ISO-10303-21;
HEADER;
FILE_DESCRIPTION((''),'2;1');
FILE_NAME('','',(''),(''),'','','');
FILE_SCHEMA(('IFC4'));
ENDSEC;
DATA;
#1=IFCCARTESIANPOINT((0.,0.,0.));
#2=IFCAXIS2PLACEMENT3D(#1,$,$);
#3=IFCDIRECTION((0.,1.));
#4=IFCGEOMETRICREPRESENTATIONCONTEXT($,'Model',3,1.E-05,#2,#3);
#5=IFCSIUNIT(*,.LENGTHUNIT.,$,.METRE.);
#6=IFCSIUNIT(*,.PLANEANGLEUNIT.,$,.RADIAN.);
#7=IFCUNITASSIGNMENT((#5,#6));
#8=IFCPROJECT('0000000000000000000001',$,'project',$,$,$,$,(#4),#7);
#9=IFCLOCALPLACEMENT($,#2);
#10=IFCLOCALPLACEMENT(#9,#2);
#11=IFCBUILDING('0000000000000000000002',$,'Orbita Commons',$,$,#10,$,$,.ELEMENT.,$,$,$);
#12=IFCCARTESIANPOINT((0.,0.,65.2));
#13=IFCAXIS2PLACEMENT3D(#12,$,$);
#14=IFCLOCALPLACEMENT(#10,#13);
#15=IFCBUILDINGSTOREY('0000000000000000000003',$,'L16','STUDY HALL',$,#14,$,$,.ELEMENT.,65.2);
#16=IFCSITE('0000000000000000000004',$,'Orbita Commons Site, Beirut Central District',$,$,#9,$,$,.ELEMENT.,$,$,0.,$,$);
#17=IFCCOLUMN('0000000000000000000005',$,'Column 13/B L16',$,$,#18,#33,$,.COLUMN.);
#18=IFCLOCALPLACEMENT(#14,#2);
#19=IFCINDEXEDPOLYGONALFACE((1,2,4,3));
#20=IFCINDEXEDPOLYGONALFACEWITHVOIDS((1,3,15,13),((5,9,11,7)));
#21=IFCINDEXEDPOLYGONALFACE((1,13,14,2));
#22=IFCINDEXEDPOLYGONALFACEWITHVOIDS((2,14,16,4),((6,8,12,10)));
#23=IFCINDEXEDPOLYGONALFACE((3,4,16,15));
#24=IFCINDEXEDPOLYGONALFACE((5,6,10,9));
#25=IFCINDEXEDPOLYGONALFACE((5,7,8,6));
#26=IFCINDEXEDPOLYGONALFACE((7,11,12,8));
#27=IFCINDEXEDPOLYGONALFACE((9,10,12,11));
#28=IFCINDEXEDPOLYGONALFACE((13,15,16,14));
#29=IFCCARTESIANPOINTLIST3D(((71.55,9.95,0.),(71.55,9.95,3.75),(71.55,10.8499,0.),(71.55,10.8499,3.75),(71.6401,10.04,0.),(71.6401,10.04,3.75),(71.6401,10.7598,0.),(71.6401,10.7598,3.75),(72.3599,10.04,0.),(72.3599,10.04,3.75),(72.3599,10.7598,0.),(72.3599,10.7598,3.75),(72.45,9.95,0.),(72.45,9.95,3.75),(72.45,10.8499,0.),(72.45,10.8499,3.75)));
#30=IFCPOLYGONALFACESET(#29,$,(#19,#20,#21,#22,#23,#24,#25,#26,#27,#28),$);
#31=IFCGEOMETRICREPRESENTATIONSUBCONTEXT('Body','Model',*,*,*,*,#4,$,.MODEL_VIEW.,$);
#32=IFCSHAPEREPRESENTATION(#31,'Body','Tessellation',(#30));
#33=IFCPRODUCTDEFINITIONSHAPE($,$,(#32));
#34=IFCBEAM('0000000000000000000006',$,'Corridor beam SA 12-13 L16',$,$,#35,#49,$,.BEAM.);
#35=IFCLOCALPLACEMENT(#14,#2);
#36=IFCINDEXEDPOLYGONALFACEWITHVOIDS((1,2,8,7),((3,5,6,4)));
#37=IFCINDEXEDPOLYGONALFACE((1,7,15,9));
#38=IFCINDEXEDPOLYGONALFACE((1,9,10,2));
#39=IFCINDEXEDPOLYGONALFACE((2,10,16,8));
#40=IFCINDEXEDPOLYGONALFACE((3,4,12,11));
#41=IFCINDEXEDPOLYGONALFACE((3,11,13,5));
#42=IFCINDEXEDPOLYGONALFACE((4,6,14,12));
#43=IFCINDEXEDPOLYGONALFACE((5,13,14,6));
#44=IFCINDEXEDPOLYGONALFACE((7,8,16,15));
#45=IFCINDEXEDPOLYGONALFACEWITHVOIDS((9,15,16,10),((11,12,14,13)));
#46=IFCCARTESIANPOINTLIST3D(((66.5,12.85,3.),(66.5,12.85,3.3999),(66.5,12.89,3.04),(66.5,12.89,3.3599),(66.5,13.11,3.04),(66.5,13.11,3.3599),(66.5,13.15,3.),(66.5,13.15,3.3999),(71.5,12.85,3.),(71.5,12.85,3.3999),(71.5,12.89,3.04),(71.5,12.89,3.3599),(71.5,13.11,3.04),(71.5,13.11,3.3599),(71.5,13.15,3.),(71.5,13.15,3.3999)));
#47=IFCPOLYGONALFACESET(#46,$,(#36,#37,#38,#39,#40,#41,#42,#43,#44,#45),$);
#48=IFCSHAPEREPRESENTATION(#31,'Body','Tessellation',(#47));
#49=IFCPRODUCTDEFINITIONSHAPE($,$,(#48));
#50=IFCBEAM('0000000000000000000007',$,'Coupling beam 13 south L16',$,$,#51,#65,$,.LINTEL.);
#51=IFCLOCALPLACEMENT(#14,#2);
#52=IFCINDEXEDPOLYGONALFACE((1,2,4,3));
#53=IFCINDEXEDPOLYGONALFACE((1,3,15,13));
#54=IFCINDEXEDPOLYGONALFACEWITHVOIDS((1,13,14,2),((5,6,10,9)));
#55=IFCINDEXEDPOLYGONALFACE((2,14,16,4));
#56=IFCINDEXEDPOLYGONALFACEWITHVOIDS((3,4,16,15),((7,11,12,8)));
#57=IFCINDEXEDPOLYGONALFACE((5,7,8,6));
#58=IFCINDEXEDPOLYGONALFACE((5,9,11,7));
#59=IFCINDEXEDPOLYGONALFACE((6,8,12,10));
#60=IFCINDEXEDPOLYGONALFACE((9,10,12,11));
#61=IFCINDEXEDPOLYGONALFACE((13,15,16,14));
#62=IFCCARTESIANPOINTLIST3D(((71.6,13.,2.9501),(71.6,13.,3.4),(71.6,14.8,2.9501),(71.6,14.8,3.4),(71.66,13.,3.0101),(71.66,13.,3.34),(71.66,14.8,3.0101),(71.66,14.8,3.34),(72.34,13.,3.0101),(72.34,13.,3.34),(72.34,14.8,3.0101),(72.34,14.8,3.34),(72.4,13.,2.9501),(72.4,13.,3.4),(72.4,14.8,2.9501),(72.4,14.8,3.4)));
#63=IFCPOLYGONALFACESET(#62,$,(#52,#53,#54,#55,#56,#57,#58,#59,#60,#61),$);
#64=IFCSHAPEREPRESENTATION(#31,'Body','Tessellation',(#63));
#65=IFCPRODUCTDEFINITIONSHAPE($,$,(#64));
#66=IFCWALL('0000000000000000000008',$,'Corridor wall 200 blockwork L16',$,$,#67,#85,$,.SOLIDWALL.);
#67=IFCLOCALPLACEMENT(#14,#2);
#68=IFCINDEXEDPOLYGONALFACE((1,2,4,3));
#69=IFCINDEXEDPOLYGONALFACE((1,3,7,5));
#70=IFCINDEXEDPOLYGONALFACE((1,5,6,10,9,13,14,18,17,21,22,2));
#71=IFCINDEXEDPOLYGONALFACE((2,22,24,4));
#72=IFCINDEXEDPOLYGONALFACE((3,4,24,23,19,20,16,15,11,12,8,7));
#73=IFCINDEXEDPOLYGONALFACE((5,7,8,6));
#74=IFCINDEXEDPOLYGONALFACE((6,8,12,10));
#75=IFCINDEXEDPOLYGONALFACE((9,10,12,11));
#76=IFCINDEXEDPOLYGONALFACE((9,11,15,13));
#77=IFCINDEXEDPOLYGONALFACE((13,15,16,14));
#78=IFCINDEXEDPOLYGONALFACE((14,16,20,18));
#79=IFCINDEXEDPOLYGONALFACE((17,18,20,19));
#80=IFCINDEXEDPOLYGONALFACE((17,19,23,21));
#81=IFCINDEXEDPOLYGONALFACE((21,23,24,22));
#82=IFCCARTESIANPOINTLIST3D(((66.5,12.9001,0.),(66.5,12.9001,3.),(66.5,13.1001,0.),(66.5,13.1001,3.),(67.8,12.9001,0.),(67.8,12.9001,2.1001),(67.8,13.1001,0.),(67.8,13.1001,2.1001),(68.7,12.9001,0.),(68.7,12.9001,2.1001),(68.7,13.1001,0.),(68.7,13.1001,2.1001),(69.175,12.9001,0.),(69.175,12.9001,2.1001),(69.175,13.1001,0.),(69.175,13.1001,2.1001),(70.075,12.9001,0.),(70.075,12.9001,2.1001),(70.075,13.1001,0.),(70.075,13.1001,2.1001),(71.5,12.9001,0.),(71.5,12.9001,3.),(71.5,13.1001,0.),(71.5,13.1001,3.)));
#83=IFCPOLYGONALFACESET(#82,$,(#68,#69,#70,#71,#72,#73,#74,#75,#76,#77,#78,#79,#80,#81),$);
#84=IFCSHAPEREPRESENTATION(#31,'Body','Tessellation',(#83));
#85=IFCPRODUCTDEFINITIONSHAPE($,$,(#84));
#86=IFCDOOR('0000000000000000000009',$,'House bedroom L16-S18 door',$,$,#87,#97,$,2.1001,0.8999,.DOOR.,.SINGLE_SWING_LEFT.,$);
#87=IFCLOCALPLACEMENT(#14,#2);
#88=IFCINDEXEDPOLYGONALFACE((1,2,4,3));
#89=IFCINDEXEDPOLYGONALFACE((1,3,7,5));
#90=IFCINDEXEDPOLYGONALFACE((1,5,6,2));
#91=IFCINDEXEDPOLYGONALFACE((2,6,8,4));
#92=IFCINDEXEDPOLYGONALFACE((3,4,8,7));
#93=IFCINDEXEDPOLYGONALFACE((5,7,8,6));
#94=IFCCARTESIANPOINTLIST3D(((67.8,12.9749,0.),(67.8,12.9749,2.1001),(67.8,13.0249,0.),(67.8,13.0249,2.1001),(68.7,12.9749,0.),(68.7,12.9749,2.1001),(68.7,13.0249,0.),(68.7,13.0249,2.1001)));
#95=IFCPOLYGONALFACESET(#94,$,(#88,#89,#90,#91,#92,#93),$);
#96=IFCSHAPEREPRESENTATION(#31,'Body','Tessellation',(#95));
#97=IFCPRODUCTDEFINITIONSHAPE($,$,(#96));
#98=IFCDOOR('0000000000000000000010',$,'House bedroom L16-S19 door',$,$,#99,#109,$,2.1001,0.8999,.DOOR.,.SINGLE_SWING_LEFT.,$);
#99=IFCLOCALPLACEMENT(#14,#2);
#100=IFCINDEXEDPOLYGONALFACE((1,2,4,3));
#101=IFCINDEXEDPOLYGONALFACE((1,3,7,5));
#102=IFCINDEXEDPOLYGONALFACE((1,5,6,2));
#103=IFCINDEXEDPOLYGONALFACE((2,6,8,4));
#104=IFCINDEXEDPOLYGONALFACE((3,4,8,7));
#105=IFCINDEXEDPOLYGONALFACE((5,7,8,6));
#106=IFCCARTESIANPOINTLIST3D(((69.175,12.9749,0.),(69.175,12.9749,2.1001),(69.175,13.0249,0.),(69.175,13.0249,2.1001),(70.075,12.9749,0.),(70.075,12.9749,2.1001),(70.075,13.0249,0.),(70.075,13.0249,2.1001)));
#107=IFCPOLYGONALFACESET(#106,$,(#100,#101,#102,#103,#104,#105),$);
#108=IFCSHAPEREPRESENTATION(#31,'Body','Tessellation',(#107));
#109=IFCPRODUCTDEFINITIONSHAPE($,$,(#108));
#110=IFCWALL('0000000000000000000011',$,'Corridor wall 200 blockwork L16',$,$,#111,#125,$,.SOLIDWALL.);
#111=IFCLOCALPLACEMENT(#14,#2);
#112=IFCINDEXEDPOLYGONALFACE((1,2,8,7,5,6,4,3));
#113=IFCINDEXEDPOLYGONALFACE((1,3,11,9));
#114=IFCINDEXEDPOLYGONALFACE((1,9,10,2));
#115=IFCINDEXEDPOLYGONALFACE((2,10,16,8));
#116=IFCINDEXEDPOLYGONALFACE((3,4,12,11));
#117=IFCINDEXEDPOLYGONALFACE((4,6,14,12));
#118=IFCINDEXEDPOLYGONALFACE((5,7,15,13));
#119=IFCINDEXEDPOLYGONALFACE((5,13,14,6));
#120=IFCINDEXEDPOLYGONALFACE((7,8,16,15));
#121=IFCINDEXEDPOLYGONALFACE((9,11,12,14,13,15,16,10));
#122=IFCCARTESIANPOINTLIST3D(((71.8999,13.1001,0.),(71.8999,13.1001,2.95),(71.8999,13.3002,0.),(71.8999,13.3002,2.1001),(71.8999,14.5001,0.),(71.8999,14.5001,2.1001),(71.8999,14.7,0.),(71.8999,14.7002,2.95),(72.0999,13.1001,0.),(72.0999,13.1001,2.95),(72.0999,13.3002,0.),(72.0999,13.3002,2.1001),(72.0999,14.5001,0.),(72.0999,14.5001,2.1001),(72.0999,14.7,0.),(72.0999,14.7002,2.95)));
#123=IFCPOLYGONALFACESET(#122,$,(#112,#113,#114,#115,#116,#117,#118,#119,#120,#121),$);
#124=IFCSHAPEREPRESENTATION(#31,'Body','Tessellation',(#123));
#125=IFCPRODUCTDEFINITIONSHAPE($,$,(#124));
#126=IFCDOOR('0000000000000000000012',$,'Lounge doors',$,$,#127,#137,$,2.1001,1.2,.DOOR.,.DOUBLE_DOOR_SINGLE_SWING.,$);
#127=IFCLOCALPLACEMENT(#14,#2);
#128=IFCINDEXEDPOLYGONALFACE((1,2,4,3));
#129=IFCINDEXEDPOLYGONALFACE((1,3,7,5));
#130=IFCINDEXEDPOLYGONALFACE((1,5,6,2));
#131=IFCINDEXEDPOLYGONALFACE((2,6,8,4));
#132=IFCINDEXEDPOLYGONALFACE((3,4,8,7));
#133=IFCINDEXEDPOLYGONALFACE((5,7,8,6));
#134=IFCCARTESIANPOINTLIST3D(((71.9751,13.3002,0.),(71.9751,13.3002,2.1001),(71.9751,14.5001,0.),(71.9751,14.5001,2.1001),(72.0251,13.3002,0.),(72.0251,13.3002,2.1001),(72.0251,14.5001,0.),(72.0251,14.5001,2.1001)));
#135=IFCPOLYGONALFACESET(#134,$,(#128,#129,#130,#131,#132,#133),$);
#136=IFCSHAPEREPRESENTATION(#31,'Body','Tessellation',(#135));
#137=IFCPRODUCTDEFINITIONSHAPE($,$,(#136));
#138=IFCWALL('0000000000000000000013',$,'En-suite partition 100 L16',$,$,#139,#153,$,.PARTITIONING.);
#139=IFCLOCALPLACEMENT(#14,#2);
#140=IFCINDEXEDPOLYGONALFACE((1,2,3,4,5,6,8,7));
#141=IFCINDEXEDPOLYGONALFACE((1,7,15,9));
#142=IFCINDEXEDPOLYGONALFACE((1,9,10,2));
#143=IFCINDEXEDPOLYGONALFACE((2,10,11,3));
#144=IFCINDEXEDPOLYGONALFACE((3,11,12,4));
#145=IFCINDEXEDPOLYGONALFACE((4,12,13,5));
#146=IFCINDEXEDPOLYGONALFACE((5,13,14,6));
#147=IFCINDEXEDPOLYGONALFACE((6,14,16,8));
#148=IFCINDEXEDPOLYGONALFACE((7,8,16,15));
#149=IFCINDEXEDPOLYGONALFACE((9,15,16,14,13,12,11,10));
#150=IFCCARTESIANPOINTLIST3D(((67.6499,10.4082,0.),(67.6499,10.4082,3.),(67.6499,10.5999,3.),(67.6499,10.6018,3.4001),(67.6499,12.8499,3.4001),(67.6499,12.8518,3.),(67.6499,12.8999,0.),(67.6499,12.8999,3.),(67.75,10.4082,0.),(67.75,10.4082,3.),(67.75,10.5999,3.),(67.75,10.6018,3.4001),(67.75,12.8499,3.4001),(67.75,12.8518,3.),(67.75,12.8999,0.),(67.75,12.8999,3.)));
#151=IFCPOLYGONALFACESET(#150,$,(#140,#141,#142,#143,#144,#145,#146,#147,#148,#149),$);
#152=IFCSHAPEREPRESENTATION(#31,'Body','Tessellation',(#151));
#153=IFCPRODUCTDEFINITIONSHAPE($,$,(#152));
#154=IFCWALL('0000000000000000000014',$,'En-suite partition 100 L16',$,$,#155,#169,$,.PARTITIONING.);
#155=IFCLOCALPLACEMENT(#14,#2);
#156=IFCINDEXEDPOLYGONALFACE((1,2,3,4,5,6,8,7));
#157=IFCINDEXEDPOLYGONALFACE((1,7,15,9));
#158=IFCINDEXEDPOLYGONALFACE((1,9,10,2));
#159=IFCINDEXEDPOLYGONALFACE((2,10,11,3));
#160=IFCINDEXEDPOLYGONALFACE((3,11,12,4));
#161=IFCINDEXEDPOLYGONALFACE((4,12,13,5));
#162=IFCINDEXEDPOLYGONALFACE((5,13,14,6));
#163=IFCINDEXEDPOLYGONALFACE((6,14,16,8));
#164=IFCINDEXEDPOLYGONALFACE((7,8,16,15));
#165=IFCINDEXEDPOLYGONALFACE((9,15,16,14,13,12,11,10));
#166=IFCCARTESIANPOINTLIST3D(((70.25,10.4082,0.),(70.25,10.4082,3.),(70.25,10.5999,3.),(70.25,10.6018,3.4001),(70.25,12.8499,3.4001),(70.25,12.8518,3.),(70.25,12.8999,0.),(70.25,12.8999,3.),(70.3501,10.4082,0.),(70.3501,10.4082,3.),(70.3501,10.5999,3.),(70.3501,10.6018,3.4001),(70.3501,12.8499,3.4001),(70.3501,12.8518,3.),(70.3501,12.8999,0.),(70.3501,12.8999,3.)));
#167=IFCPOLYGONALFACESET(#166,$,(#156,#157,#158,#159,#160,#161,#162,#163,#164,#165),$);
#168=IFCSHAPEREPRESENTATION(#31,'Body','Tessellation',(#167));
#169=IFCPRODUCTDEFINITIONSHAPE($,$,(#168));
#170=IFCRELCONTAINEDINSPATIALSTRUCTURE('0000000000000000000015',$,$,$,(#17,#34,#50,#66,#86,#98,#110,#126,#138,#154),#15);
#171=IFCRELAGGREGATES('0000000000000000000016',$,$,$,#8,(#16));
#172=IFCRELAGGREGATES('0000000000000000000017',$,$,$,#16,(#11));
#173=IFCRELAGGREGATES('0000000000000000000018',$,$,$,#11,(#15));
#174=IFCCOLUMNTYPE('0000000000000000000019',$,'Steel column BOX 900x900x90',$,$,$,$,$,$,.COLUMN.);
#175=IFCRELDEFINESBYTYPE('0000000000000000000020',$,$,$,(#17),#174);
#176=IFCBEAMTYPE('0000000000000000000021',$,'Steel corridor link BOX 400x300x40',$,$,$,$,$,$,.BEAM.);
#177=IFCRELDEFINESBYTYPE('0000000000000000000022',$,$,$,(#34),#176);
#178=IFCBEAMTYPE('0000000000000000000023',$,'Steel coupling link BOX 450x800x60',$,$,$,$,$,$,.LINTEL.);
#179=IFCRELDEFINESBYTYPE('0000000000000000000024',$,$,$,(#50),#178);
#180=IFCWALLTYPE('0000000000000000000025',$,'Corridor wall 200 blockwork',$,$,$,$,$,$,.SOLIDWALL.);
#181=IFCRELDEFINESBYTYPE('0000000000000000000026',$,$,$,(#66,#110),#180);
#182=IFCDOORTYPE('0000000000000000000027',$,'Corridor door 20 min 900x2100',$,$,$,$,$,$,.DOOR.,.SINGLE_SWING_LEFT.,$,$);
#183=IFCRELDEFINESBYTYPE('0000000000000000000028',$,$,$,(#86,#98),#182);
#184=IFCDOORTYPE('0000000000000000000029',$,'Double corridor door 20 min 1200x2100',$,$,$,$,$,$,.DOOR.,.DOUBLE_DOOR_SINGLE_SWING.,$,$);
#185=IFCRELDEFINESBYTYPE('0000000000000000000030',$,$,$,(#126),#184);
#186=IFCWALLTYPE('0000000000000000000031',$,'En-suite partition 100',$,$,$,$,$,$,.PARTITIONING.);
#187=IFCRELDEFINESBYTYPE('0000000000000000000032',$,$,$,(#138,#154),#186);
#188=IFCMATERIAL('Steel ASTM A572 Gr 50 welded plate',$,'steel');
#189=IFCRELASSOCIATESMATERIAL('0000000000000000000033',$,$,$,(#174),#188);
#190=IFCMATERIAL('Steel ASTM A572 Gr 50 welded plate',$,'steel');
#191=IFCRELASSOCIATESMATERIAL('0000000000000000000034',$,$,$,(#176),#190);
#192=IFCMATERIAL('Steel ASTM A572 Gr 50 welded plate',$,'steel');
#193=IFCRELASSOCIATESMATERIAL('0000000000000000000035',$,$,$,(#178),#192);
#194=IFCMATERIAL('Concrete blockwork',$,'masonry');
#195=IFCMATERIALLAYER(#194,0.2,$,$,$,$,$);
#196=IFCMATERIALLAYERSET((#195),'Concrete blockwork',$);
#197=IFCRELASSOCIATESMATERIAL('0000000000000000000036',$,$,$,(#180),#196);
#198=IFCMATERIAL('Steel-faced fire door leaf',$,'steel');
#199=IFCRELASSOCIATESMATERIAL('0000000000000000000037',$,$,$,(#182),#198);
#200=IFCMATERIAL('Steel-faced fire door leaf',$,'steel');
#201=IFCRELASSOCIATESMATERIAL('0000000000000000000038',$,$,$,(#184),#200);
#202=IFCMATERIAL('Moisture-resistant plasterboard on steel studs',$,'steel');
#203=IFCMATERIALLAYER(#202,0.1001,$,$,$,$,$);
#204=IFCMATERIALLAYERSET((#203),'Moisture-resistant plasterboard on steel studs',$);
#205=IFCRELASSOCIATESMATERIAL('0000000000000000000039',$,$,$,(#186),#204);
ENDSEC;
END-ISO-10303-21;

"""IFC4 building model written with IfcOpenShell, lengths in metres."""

from ifc_helpers import new_model, si_unit, direction, frame, frame_2d, origin, origin_2d, place, context, subcontext, project, spatial, polyline, rectangle, hollow_rectangle, outline, extrude, material, layer, layer_set, material_profile, profile_set, type_object, element, fill, save


model = new_model("IFC4")

# Units and contexts
model_context = context("Model", 3, precision=1e-05, world=origin(), true_north=direction((0.0, 1.0)))
body_context = subcontext(model_context, "Body", "Model", "MODEL_VIEW")
ifc_project = project(units=[si_unit("LENGTHUNIT", "METRE"), si_unit("PLANEANGLEUNIT", "RADIAN")], contexts=[model_context])

# Site, building, storey
site_placement = place(None, origin())
site = spatial("IfcSite", under=ifc_project, at=site_placement, Name="Orbita Commons Site, Beirut Central District", CompositionType="ELEMENT", RefElevation=0.0)
building_placement = place(site_placement, origin())
building = spatial("IfcBuilding", under=site, at=building_placement, Name="Orbita Commons", CompositionType="ELEMENT")
storey_placement = place(building_placement, frame((0.0, 0.0, 65.2)))
storey = spatial("IfcBuildingStorey", under=building, at=storey_placement, Name="L16", Description="STUDY HALL", CompositionType="ELEMENT", Elevation=65.2)

# Column
ifc_material_1 = material(Name="Steel ASTM A572 Gr 50 welded plate", Category="steel")
ifc_material_profile_1 = material_profile(ifc_material_1, hollow_rectangle(XDim=0.8999, YDim=0.8999, WallThickness=0.0901, at=origin_2d()), Name="BOX 900x900x90")
ifc_profile_set_1 = profile_set([ifc_material_profile_1], Name="Steel ASTM A572 Gr 50 welded plate")
column_type = type_object("IfcColumnType", Name="Steel column BOX 900x900x90", PredefinedType="COLUMN", material=ifc_profile_set_1)
column_placement = place(storey_placement, frame((72.0, 10.3999, 0.0), z_axis=(0.0, 0.0, 1.0), x_axis=(1.0, 0.0, 0.0)))
element("IfcColumn", 1, at=column_placement, inside=storey, type_object=column_type, Name="Column 13/B L16", PredefinedType="COLUMN", context=body_context, shape_type="SweptSolid", body=[
    extrude(hollow_rectangle(XDim=0.8999, YDim=0.8999, WallThickness=0.0901, at=origin_2d()), origin(), (0.0, 0.0, 1.0), 3.75),
])

# Beams
ifc_material_2 = material(Name="Steel ASTM A572 Gr 50 welded plate", Category="steel")
ifc_material_profile_2 = material_profile(ifc_material_2, hollow_rectangle(XDim=0.3, YDim=0.3999, WallThickness=0.04, at=origin_2d()), Name="BOX 400x300x40")
ifc_profile_set_2 = profile_set([ifc_material_profile_2], Name="Steel ASTM A572 Gr 50 welded plate")
beam_type_1 = type_object("IfcBeamType", Name="Steel corridor link BOX 400x300x40", PredefinedType="BEAM", material=ifc_profile_set_2)
beam_1_placement = place(storey_placement, frame((66.5, 13.0, 3.2), z_axis=(1.0, 0.0, 0.0), x_axis=(0.0, 1.0, 0.0)))
element("IfcBeam", 2, at=beam_1_placement, inside=storey, type_object=beam_type_1, Name="Corridor beam SA 12-13 L16", PredefinedType="BEAM", context=body_context, shape_type="SweptSolid", body=[
    extrude(hollow_rectangle(XDim=0.3, YDim=0.3999, WallThickness=0.04, at=origin_2d()), origin(), (0.0, 0.0, 1.0), 5.0),
])
ifc_material_3 = material(Name="Steel ASTM A572 Gr 50 welded plate", Category="steel")
ifc_material_profile_3 = material_profile(ifc_material_3, hollow_rectangle(XDim=0.8, YDim=0.45, WallThickness=0.0601, at=origin_2d()), Name="BOX 450x800x60")
ifc_profile_set_3 = profile_set([ifc_material_profile_3], Name="Steel ASTM A572 Gr 50 welded plate")
beam_type_2 = type_object("IfcBeamType", Name="Steel coupling link BOX 450x800x60", PredefinedType="LINTEL", material=ifc_profile_set_3)
beam_2_placement = place(storey_placement, frame((72.0, 13.0, 3.175), z_axis=(0.0, 1.0, 0.0), x_axis=(-1.0, 0.0, 0.0)))
element("IfcBeam", 3, at=beam_2_placement, inside=storey, type_object=beam_type_2, Name="Coupling beam 13 south L16", PredefinedType="LINTEL", context=body_context, shape_type="SweptSolid", body=[
    extrude(hollow_rectangle(XDim=0.8, YDim=0.45, WallThickness=0.0601, at=origin_2d()), origin(), (0.0, 0.0, 1.0), 1.8),
])

# Wall, openings, doors
ifc_material_4 = material(Name="Concrete blockwork", Category="masonry")
ifc_layer_1 = layer(ifc_material_4, 0.2)
ifc_layer_set_1 = layer_set([ifc_layer_1], Name="Concrete blockwork")
wall_type_1 = type_object("IfcWallType", Name="Corridor wall 200 blockwork", PredefinedType="SOLIDWALL", material=ifc_layer_set_1)
wall_1_placement = place(storey_placement, frame((66.5, 13.0, 0.0), z_axis=(0.0, 0.0, 1.0), x_axis=(1.0, 0.0, 0.0)))
wall_1 = element("IfcWall", 4, at=wall_1_placement, inside=storey, type_object=wall_type_1, Name="Corridor wall 200 blockwork L16", PredefinedType="SOLIDWALL", context=body_context, shape_type="SweptSolid", body=[
    extrude(outline(polyline([(0.0, 0.0), (5.0, 0.0), (5.0, 3.0), (0.0, 3.0), (0.0, 0.0)])), frame((0.0, 0.1001, 0.0), z_axis=(0.0, -1.0, 0.0), x_axis=(1.0, 0.0, 0.0)), (0.0, 0.0, 1.0), 0.2),
])
opening_1_placement = place(wall_1_placement, frame((1.3, 0.0, 0.0)))
opening_1 = element("IfcOpeningElement", 5, at=opening_1_placement, cuts=wall_1, PredefinedType="OPENING", context=body_context, shape_type="SweptSolid", body=[
    extrude(rectangle(XDim=0.8999, YDim=2.1001, at=frame_2d((0.45, 1.05))), frame((0.0, 0.1099, 0.0), z_axis=(0.0, -1.0, 0.0), x_axis=(1.0, 0.0, 0.0)), (0.0, 0.0, 1.0), 0.22),
])
opening_2_placement = place(wall_1_placement, frame((2.675, 0.0, 0.0)))
opening_2 = element("IfcOpeningElement", 6, at=opening_2_placement, cuts=wall_1, PredefinedType="OPENING", context=body_context, shape_type="SweptSolid", body=[
    extrude(rectangle(XDim=0.8999, YDim=2.1001, at=frame_2d((0.45, 1.05))), frame((0.0, 0.1099, 0.0), z_axis=(0.0, -1.0, 0.0), x_axis=(1.0, 0.0, 0.0)), (0.0, 0.0, 1.0), 0.22),
])
ifc_material_5 = material(Name="Steel-faced fire door leaf", Category="steel")
door_type_1 = type_object("IfcDoorType", Name="Corridor door 20 min 900x2100", OperationType="SINGLE_SWING_LEFT", PredefinedType="DOOR", material=ifc_material_5)
door_1_placement = place(opening_1_placement, origin())
door_1 = element("IfcDoor", 7, at=door_1_placement, inside=storey, type_object=door_type_1, Name="House bedroom L16-S18 door", OperationType="SINGLE_SWING_LEFT", OverallHeight=2.1001, OverallWidth=0.8999, PredefinedType="DOOR", context=body_context, shape_type="SweptSolid", body=[
    extrude(rectangle(XDim=0.8999, YDim=2.1001, at=frame_2d((0.45, 1.05))), frame((0.0, 0.0249, 0.0), z_axis=(0.0, -1.0, 0.0), x_axis=(1.0, 0.0, 0.0)), (0.0, 0.0, 1.0), 0.05),
])
fill(opening_1, door_1)
door_2_placement = place(opening_2_placement, origin())
door_2 = element("IfcDoor", 8, at=door_2_placement, inside=storey, type_object=door_type_1, Name="House bedroom L16-S19 door", OperationType="SINGLE_SWING_LEFT", OverallHeight=2.1001, OverallWidth=0.8999, PredefinedType="DOOR", context=body_context, shape_type="SweptSolid", body=[
    extrude(rectangle(XDim=0.8999, YDim=2.1001, at=frame_2d((0.45, 1.05))), frame((0.0, 0.0249, 0.0), z_axis=(0.0, -1.0, 0.0), x_axis=(1.0, 0.0, 0.0)), (0.0, 0.0, 1.0), 0.05),
])
fill(opening_2, door_2)

# Wall, opening, door
wall_2_placement = place(storey_placement, frame((72.0, 13.1001, 0.0), z_axis=(0.0, 0.0, 1.0), x_axis=(0.0, 1.0, 0.0)))
wall_2 = element("IfcWall", 9, at=wall_2_placement, inside=storey, type_object=wall_type_1, Name="Corridor wall 200 blockwork L16", PredefinedType="SOLIDWALL", context=body_context, shape_type="SweptSolid", body=[
    extrude(outline(polyline([(0.0, 0.0), (1.5999, 0.0), (1.6001, 2.95), (0.0, 2.95), (0.0, 0.0)])), frame((0.0, 0.1001, 0.0), z_axis=(0.0, -1.0, 0.0), x_axis=(1.0, 0.0, 0.0)), (0.0, 0.0, 1.0), 0.2),
])
opening_3_placement = place(wall_2_placement, frame((0.2, 0.0, 0.0)))
opening_3 = element("IfcOpeningElement", 10, at=opening_3_placement, cuts=wall_2, PredefinedType="OPENING", context=body_context, shape_type="SweptSolid", body=[
    extrude(rectangle(XDim=1.2, YDim=2.1001, at=frame_2d((0.6001, 1.05))), frame((0.0, 0.1099, 0.0), z_axis=(0.0, -1.0, 0.0), x_axis=(1.0, 0.0, 0.0)), (0.0, 0.0, 1.0), 0.22),
])
ifc_material_6 = material(Name="Steel-faced fire door leaf", Category="steel")
door_type_2 = type_object("IfcDoorType", Name="Double corridor door 20 min 1200x2100", OperationType="DOUBLE_DOOR_SINGLE_SWING", PredefinedType="DOOR", material=ifc_material_6)
door_3_placement = place(opening_3_placement, origin())
door_3 = element("IfcDoor", 11, at=door_3_placement, inside=storey, type_object=door_type_2, Name="Lounge doors", OperationType="DOUBLE_DOOR_SINGLE_SWING", OverallHeight=2.1001, OverallWidth=1.2, PredefinedType="DOOR", context=body_context, shape_type="SweptSolid", body=[
    extrude(rectangle(XDim=1.2, YDim=2.1001, at=frame_2d((0.6001, 1.05))), frame((0.0, 0.0249, 0.0), z_axis=(0.0, -1.0, 0.0), x_axis=(1.0, 0.0, 0.0)), (0.0, 0.0, 1.0), 0.05),
])
fill(opening_3, door_3)

# Walls
ifc_material_7 = material(Name="Moisture-resistant plasterboard on steel studs", Category="steel")
ifc_layer_2 = layer(ifc_material_7, 0.1001)
ifc_layer_set_2 = layer_set([ifc_layer_2], Name="Moisture-resistant plasterboard on steel studs")
wall_type_2 = type_object("IfcWallType", Name="En-suite partition 100", PredefinedType="PARTITIONING", material=ifc_layer_set_2)
for number, where, z_axis, x_axis, name in (
    (12, (67.7, 10.4082, 0.0), (0.0, 0.0, 1.0), (0.0, 1.0, 0.0), "En-suite partition 100 L16"),
    (13, (70.3, 10.4082, 0.0), (0.0, 0.0, 1.0), (0.0, 1.0, 0.0), "En-suite partition 100 L16"),
):
    element("IfcWall", number, at=place(storey_placement, frame(where, z_axis=z_axis, x_axis=x_axis)), inside=storey, type_object=wall_type_2, Name=name, PredefinedType="PARTITIONING", context=body_context, shape_type="SweptSolid", body=[
        extrude(outline(polyline([(0.0, 0.0), (2.4917, 0.0), (2.4917, 3.0), (2.4436, 3.0), (2.4417, 3.4001), (0.1936, 3.4001), (0.1917, 3.0), (0.0, 3.0), (0.0, 0.0)])), frame((0.0, 0.05, 0.0), z_axis=(0.0, -1.0, 0.0), x_axis=(1.0, 0.0, 0.0)), (0.0, 0.0, 1.0), 0.1001),
    ])

save(model, "model.ifc")
